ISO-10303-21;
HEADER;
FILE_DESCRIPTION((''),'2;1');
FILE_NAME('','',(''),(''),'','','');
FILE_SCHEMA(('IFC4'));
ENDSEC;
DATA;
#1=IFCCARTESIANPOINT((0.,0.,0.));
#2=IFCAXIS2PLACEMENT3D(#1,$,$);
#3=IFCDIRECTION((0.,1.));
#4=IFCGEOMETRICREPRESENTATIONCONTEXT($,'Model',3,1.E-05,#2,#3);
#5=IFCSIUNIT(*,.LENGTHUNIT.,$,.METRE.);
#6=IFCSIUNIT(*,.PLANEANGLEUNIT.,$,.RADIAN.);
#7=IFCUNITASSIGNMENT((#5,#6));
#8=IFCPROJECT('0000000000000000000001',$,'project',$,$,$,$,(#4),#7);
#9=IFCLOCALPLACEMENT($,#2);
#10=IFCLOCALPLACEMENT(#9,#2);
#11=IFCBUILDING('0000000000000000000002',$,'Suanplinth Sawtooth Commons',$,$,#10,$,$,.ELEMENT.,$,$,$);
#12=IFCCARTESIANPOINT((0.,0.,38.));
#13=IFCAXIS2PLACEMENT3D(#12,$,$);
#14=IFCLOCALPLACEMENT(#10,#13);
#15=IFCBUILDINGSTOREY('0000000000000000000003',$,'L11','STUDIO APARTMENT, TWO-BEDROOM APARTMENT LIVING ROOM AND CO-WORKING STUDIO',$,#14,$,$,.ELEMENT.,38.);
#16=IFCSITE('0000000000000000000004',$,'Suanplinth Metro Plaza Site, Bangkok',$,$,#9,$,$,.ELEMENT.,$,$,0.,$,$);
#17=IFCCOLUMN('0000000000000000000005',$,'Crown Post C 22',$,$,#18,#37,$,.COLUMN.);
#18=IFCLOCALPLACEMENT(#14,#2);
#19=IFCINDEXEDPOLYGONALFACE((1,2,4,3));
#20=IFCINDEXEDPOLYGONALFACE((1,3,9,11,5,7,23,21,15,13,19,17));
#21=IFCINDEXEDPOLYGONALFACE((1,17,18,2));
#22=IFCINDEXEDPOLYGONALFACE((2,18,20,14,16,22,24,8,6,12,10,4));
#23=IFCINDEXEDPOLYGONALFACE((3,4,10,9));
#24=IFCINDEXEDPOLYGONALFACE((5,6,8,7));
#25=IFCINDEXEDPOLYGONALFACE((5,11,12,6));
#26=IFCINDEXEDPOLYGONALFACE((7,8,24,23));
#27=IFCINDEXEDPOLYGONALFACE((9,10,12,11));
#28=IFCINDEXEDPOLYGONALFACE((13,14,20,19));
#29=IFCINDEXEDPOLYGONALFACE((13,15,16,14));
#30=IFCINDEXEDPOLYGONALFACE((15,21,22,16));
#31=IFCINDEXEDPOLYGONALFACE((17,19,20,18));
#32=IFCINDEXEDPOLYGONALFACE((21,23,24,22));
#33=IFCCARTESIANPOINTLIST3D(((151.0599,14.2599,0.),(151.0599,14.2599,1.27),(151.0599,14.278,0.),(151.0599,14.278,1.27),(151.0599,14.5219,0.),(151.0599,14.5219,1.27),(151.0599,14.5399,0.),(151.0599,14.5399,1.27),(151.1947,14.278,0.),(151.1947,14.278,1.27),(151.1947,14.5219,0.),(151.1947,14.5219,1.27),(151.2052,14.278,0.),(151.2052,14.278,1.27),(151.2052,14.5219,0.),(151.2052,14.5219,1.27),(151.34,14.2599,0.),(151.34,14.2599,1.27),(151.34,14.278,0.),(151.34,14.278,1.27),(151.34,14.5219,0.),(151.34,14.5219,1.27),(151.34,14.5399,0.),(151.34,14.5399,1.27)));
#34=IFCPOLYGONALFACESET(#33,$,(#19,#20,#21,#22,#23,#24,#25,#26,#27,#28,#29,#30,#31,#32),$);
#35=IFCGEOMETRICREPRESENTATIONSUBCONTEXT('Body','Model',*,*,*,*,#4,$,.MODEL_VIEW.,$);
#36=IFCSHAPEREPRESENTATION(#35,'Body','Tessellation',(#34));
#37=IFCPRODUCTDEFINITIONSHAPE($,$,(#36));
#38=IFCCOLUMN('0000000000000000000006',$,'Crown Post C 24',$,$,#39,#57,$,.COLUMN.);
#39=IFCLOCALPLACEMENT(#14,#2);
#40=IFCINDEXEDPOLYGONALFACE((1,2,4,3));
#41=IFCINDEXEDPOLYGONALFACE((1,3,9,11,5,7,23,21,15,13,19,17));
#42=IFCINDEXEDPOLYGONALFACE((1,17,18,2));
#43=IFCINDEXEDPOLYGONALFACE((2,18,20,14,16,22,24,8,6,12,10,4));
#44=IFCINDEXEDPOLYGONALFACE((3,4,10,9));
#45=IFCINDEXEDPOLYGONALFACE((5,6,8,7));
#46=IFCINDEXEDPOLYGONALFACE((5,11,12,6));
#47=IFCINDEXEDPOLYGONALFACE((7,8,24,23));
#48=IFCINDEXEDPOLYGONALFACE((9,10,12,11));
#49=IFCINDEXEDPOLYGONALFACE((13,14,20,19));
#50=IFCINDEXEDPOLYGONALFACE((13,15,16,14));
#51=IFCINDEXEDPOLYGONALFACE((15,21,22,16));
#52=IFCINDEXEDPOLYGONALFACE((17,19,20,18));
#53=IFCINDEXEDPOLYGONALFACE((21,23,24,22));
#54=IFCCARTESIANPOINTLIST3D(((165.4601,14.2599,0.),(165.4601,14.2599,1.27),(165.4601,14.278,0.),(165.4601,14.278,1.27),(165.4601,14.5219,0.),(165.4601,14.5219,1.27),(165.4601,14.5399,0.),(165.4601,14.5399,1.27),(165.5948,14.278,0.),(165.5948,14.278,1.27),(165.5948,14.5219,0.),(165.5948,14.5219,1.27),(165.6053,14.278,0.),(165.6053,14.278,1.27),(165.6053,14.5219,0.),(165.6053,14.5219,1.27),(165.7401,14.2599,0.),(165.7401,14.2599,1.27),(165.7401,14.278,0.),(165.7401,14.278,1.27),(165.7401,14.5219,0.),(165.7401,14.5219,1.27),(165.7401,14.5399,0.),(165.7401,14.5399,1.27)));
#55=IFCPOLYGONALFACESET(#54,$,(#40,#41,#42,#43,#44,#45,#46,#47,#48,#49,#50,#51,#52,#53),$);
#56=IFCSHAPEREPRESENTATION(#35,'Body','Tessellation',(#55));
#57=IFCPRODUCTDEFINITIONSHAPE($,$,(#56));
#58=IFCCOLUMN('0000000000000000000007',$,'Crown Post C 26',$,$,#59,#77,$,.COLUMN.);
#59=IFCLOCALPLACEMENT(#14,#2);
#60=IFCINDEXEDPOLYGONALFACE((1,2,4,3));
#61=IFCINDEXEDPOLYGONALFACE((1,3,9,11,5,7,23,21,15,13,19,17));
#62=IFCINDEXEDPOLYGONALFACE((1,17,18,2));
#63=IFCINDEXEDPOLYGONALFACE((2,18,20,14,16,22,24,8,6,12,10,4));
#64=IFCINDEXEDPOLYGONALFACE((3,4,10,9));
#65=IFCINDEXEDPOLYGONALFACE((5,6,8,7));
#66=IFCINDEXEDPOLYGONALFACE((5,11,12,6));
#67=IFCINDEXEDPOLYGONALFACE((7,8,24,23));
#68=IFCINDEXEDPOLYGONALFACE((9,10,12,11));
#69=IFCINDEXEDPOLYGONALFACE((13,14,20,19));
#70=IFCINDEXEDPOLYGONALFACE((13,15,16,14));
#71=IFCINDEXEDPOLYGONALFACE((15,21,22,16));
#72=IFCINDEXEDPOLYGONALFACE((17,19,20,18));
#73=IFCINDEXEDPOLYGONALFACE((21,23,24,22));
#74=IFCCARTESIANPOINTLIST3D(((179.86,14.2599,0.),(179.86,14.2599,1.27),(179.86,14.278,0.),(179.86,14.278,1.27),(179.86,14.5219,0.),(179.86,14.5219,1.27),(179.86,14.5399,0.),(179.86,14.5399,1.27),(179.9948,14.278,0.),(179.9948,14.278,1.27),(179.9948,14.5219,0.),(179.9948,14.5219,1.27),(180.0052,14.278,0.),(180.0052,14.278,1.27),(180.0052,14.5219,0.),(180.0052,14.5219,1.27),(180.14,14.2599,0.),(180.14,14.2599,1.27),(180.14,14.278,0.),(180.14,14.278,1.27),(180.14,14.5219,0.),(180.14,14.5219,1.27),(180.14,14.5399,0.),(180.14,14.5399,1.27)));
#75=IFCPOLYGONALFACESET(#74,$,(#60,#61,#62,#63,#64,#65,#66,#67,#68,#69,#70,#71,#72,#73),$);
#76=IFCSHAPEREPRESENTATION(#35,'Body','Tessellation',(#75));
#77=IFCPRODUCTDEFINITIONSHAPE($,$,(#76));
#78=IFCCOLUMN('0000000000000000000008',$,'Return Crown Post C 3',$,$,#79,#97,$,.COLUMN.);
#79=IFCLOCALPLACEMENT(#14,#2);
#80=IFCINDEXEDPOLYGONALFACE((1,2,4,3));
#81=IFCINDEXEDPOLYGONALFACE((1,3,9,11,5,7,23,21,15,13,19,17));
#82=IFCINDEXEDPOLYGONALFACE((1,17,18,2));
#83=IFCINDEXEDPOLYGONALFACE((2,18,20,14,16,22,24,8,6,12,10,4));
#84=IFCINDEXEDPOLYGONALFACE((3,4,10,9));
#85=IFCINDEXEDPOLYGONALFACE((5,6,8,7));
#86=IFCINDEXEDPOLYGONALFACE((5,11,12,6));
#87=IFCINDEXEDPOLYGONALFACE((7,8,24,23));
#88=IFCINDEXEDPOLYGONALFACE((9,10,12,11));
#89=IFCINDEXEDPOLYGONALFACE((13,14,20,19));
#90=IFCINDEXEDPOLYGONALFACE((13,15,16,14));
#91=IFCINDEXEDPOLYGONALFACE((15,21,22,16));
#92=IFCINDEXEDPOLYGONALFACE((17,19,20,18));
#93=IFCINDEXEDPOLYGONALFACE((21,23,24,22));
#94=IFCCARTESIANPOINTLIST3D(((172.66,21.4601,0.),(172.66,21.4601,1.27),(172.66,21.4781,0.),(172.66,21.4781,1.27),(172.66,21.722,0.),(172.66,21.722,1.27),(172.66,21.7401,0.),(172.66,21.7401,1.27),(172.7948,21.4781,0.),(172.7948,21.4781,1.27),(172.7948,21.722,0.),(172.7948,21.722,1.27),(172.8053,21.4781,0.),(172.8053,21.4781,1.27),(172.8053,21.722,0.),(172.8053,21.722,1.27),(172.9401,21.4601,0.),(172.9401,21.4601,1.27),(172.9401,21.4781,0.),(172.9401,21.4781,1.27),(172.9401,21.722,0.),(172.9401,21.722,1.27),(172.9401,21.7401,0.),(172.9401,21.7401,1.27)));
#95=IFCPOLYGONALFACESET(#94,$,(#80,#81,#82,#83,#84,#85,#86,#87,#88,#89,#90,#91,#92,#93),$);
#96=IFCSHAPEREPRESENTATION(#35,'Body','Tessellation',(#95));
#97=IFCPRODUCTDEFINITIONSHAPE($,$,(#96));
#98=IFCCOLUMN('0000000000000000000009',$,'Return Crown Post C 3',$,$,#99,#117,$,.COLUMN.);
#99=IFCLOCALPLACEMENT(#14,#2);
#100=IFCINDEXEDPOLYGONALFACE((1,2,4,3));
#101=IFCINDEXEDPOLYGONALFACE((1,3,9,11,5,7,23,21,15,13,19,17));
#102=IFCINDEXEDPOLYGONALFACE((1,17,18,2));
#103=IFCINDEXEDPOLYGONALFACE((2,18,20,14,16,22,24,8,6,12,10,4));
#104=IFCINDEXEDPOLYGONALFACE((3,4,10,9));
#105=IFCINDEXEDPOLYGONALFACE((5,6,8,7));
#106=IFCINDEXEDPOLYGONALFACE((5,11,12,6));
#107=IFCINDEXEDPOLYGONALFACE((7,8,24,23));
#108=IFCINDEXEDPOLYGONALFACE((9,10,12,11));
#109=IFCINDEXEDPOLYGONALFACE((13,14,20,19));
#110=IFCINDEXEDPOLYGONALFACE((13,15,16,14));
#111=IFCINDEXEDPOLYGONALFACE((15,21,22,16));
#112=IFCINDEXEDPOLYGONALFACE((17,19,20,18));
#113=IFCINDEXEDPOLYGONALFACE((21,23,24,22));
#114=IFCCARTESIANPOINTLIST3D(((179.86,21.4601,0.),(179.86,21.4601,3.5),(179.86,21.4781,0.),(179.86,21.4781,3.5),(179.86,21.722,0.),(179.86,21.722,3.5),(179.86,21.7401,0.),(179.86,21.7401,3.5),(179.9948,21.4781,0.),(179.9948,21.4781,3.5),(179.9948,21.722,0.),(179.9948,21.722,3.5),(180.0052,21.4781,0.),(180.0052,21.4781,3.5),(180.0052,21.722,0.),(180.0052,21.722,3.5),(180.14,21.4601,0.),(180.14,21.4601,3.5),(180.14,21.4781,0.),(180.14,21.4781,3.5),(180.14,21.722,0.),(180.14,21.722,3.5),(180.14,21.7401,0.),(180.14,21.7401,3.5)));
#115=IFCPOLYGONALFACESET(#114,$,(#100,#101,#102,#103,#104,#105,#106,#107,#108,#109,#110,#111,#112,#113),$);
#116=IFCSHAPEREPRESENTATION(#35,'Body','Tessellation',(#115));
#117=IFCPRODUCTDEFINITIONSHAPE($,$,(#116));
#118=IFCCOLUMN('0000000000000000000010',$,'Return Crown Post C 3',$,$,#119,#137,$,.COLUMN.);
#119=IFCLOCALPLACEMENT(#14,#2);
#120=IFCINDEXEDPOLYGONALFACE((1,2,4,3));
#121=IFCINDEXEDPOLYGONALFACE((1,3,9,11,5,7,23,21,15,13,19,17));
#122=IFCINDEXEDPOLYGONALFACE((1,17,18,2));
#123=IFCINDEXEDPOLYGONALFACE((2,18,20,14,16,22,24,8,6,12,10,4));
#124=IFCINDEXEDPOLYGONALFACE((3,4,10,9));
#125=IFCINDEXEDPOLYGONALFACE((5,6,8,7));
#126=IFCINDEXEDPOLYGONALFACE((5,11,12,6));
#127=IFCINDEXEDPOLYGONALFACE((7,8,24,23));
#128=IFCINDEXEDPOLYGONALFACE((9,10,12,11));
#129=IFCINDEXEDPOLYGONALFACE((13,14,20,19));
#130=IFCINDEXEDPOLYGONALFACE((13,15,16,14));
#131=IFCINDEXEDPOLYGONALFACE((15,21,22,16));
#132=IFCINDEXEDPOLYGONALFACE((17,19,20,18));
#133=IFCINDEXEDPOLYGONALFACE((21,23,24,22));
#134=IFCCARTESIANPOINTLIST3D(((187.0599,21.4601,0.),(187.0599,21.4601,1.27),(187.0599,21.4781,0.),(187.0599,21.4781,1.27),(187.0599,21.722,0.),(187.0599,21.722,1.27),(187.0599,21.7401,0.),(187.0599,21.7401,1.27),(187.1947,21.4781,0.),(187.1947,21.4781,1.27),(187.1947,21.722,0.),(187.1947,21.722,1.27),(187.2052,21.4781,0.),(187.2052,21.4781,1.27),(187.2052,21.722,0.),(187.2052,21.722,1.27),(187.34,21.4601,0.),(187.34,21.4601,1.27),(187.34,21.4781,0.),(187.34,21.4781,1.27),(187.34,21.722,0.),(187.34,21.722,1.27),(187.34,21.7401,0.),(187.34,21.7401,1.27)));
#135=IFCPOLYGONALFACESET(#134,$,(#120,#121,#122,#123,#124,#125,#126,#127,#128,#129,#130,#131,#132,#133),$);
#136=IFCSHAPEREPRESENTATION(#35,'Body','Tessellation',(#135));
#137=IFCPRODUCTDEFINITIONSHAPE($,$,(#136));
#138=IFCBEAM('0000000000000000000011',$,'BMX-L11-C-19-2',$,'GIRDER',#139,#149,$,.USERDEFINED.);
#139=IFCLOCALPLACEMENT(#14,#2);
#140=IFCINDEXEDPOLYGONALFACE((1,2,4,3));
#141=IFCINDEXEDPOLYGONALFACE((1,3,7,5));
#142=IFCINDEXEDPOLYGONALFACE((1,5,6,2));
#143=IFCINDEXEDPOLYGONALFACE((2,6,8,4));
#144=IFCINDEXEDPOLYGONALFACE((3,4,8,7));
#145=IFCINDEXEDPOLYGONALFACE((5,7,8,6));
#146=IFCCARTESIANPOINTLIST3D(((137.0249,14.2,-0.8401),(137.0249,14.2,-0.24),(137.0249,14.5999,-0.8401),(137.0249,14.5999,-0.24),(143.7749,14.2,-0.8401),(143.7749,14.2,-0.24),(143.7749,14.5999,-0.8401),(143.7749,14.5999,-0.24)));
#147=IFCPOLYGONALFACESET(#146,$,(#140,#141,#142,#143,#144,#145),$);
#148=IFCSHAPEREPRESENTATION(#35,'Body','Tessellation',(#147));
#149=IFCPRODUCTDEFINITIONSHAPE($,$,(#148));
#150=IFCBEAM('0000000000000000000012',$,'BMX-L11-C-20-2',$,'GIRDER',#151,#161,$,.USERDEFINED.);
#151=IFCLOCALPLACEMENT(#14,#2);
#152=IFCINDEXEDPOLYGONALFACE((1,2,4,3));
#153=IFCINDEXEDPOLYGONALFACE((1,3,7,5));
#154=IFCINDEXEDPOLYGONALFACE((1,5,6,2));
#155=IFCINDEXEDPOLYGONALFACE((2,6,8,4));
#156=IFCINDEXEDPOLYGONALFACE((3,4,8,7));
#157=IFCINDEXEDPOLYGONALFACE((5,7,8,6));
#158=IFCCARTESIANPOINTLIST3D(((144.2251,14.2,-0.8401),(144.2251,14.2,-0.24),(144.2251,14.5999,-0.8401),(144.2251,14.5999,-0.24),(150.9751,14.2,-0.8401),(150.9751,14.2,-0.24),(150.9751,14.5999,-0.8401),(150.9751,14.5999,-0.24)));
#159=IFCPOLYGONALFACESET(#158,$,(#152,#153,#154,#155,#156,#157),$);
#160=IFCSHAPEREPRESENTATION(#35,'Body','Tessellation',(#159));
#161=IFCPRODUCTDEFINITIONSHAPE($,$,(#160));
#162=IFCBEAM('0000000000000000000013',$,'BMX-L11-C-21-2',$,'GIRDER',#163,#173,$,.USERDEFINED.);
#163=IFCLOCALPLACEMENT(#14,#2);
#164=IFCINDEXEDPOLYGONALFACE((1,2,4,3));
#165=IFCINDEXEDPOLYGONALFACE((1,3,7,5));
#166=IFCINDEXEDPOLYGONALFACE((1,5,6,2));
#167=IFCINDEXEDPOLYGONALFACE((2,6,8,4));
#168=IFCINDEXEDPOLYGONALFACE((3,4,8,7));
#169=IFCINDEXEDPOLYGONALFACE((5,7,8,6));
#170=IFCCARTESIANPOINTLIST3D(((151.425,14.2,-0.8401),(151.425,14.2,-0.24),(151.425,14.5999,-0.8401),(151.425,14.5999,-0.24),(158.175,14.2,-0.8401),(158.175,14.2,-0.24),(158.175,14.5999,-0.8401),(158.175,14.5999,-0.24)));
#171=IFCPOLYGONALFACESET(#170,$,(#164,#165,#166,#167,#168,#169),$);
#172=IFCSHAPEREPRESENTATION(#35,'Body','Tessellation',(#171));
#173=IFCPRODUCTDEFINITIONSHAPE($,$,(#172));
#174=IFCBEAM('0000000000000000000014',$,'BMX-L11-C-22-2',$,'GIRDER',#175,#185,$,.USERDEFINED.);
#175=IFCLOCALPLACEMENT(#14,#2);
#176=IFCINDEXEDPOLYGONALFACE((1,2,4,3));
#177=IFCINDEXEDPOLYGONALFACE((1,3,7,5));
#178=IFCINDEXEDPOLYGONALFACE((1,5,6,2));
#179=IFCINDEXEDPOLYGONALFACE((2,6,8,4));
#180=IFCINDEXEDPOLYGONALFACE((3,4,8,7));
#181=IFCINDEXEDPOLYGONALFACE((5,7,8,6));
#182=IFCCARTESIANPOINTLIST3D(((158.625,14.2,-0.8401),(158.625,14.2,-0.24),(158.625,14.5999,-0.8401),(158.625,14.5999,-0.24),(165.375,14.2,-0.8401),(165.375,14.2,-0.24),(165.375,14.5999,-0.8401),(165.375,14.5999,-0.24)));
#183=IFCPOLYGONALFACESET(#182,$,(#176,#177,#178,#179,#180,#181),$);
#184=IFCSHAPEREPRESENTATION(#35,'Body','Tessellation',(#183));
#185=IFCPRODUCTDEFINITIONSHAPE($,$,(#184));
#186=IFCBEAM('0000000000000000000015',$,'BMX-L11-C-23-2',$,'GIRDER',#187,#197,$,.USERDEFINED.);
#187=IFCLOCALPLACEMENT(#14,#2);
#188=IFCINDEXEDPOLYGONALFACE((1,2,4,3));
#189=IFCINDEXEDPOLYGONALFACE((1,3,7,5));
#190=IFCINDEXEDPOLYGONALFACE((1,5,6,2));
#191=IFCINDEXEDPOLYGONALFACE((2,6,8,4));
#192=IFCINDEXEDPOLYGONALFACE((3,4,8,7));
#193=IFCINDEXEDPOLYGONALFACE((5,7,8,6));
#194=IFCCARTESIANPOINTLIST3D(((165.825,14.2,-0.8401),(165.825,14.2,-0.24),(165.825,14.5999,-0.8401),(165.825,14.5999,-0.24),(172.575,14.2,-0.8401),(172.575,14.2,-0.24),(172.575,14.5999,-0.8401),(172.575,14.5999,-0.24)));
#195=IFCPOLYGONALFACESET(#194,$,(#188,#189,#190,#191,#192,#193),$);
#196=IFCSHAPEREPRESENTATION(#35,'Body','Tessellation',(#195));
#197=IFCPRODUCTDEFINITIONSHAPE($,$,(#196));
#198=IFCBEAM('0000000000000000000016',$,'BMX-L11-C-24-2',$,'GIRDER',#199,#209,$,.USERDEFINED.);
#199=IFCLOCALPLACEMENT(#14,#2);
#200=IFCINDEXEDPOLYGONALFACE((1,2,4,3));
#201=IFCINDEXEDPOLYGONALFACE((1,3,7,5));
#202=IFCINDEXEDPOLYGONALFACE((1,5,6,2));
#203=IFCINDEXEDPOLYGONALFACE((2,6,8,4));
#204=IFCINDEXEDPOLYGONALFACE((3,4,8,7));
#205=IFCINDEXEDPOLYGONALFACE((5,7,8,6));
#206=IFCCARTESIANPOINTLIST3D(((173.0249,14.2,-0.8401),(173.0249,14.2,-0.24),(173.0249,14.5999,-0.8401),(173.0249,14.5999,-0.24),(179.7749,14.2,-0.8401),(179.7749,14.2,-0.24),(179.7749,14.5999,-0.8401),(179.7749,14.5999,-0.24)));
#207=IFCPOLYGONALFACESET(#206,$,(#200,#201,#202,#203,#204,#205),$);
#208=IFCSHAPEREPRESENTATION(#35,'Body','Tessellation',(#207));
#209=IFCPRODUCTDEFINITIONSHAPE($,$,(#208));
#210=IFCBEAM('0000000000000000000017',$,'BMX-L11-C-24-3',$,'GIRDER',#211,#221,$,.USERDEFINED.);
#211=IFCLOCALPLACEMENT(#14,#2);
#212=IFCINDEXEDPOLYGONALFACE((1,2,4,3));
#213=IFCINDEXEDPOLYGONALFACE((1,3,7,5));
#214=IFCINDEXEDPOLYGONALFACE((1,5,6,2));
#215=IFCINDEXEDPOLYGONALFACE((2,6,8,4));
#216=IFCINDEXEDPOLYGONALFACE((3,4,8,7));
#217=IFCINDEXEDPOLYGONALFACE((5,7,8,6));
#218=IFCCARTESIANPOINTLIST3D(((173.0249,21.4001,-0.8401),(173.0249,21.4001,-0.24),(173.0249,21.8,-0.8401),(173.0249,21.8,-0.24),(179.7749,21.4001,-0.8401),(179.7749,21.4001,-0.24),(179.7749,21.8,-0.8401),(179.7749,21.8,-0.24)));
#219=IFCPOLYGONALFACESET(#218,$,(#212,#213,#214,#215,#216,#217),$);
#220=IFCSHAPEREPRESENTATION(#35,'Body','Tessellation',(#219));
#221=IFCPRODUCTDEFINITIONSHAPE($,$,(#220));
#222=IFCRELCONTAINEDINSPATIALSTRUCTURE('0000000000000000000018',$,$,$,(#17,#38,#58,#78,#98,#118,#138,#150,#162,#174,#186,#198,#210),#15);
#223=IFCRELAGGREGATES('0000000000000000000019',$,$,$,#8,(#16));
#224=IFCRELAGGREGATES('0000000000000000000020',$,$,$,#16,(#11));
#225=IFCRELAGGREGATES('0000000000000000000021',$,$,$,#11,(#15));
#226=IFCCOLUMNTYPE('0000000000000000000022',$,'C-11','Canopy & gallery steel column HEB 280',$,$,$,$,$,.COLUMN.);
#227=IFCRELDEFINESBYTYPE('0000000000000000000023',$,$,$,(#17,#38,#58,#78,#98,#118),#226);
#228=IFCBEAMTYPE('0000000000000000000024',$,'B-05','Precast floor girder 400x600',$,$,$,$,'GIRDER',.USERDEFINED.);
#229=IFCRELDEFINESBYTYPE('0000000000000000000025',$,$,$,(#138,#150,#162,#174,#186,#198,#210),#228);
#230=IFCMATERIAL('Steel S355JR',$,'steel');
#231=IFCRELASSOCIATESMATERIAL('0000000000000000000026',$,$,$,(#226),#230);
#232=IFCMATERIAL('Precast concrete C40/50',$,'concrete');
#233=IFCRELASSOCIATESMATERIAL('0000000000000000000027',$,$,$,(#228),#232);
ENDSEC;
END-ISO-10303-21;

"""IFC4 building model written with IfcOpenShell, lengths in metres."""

from ifc_helpers import new_model, si_unit, direction, frame, origin, origin_2d, place, context, subcontext, project, spatial, rectangle, i_section, extrude, material, material_profile, profile_set, type_object, element, save


model = new_model("IFC4")

# Units and contexts
model_context = context("Model", 3, precision=1e-05, world=origin(), true_north=direction((0.0, 1.0)))
body_context = subcontext(model_context, "Body", "Model", "MODEL_VIEW")
ifc_project = project(units=[si_unit("LENGTHUNIT", "METRE"), si_unit("PLANEANGLEUNIT", "RADIAN")], contexts=[model_context])

# Site, building, storey
site_placement = place(None, origin())
site = spatial("IfcSite", under=ifc_project, at=site_placement, Name="Suanplinth Metro Plaza Site, Bangkok", CompositionType="ELEMENT", RefElevation=0.0)
building_placement = place(site_placement, origin())
building = spatial("IfcBuilding", under=site, at=building_placement, Name="Suanplinth Sawtooth Commons", CompositionType="ELEMENT")
storey_placement = place(building_placement, frame((0.0, 0.0, 38.0)))
storey = spatial("IfcBuildingStorey", under=building, at=storey_placement, Name="L11", Description="STUDIO APARTMENT, TWO-BEDROOM APARTMENT LIVING ROOM AND CO-WORKING STUDIO", CompositionType="ELEMENT", Elevation=38.0)

# Columns
ifc_material_1 = material(Name="Steel S355JR", Category="steel")
ifc_material_profile_1 = material_profile(ifc_material_1, i_section(OverallWidth=0.28, OverallDepth=0.28, WebThickness=0.0105, FlangeThickness=0.0181, at=origin_2d()), Name="HEB 280")
ifc_profile_set_1 = profile_set([ifc_material_profile_1], Name="Steel S355JR")
column_type = type_object("IfcColumnType", Name="C-11", Description="Canopy & gallery steel column HEB 280", PredefinedType="COLUMN", material=ifc_profile_set_1)
for number, where, z_axis, x_axis, name in (
    (1, (151.2, 14.3999, 0.0), (0.0, 0.0, 1.0), (1.0, 0.0, 0.0), "Crown Post C 22"),
    (2, (165.6001, 14.3999, 0.0), (0.0, 0.0, 1.0), (1.0, 0.0, 0.0), "Crown Post C 24"),
    (3, (180.0, 14.3999, 0.0), (0.0, 0.0, 1.0), (1.0, 0.0, 0.0), "Crown Post C 26"),
    (4, (172.8, 21.6001, 0.0), (0.0, 0.0, 1.0), (1.0, 0.0, 0.0), "Return Crown Post C 3"),
):
    element("IfcColumn", number, at=place(storey_placement, frame(where, z_axis=z_axis, x_axis=x_axis)), inside=storey, type_object=column_type, Name=name, PredefinedType="COLUMN", context=body_context, shape_type="SweptSolid", body=[
        extrude(i_section(OverallWidth=0.28, OverallDepth=0.28, WebThickness=0.0105, FlangeThickness=0.0181, at=origin_2d()), origin(), (0.0, 0.0, 1.0), 1.27),
    ])
column_1_placement = place(storey_placement, frame((180.0, 21.6001, 0.0), z_axis=(0.0, 0.0, 1.0), x_axis=(1.0, 0.0, 0.0)))
element("IfcColumn", 5, at=column_1_placement, inside=storey, type_object=column_type, Name="Return Crown Post C 3", PredefinedType="COLUMN", context=body_context, shape_type="SweptSolid", body=[
    extrude(i_section(OverallWidth=0.28, OverallDepth=0.28, WebThickness=0.0105, FlangeThickness=0.0181, at=origin_2d()), origin(), (0.0, 0.0, 1.0), 3.5),
])
column_2_placement = place(storey_placement, frame((187.2, 21.6001, 0.0), z_axis=(0.0, 0.0, 1.0), x_axis=(1.0, 0.0, 0.0)))
element("IfcColumn", 6, at=column_2_placement, inside=storey, type_object=column_type, Name="Return Crown Post C 3", PredefinedType="COLUMN", context=body_context, shape_type="SweptSolid", body=[
    extrude(i_section(OverallWidth=0.28, OverallDepth=0.28, WebThickness=0.0105, FlangeThickness=0.0181, at=origin_2d()), origin(), (0.0, 0.0, 1.0), 1.27),
])

# Beams
ifc_material_2 = material(Name="Precast concrete C40/50", Category="concrete")
ifc_material_profile_2 = material_profile(ifc_material_2, rectangle(XDim=0.3999, YDim=0.6001, at=origin_2d()), Name="PC-GDR 400x600")
ifc_profile_set_2 = profile_set([ifc_material_profile_2], Name="Precast concrete C40/50")
beam_type_1 = type_object("IfcBeamType", Name="B-05", Description="Precast floor girder 400x600", ElementType="GIRDER", PredefinedType="USERDEFINED", material=ifc_profile_set_2)
for number, where, z_axis, x_axis, name in (
    (7, (137.0249, 14.3999, -0.54), (1.0, 0.0, 0.0), (0.0, 1.0, 0.0), "BMX-L11-C-19-2"),
    (8, (144.2251, 14.3999, -0.54), (1.0, 0.0, 0.0), (0.0, 1.0, 0.0), "BMX-L11-C-20-2"),
    (9, (151.425, 14.3999, -0.54), (1.0, 0.0, 0.0), (0.0, 1.0, 0.0), "BMX-L11-C-21-2"),
    (10, (158.625, 14.3999, -0.54), (1.0, 0.0, 0.0), (0.0, 1.0, 0.0), "BMX-L11-C-22-2"),
    (11, (165.825, 14.3999, -0.54), (1.0, 0.0, 0.0), (0.0, 1.0, 0.0), "BMX-L11-C-23-2"),
    (12, (173.0249, 14.3999, -0.54), (1.0, 0.0, 0.0), (0.0, 1.0, 0.0), "BMX-L11-C-24-2"),
    (13, (173.0249, 21.6001, -0.54), (1.0, 0.0, 0.0), (0.0, 1.0, 0.0), "BMX-L11-C-24-3"),
):
    element("IfcBeam", number, at=place(storey_placement, frame(where, z_axis=z_axis, x_axis=x_axis)), inside=storey, type_object=beam_type_1, Name=name, ObjectType="GIRDER", PredefinedType="USERDEFINED", context=body_context, shape_type="SweptSolid", body=[
        extrude(rectangle(XDim=0.3999, YDim=0.6001, at=origin_2d()), origin(), (0.0, 0.0, 1.0), 6.75),
    ])

save(model, "model.ifc")
